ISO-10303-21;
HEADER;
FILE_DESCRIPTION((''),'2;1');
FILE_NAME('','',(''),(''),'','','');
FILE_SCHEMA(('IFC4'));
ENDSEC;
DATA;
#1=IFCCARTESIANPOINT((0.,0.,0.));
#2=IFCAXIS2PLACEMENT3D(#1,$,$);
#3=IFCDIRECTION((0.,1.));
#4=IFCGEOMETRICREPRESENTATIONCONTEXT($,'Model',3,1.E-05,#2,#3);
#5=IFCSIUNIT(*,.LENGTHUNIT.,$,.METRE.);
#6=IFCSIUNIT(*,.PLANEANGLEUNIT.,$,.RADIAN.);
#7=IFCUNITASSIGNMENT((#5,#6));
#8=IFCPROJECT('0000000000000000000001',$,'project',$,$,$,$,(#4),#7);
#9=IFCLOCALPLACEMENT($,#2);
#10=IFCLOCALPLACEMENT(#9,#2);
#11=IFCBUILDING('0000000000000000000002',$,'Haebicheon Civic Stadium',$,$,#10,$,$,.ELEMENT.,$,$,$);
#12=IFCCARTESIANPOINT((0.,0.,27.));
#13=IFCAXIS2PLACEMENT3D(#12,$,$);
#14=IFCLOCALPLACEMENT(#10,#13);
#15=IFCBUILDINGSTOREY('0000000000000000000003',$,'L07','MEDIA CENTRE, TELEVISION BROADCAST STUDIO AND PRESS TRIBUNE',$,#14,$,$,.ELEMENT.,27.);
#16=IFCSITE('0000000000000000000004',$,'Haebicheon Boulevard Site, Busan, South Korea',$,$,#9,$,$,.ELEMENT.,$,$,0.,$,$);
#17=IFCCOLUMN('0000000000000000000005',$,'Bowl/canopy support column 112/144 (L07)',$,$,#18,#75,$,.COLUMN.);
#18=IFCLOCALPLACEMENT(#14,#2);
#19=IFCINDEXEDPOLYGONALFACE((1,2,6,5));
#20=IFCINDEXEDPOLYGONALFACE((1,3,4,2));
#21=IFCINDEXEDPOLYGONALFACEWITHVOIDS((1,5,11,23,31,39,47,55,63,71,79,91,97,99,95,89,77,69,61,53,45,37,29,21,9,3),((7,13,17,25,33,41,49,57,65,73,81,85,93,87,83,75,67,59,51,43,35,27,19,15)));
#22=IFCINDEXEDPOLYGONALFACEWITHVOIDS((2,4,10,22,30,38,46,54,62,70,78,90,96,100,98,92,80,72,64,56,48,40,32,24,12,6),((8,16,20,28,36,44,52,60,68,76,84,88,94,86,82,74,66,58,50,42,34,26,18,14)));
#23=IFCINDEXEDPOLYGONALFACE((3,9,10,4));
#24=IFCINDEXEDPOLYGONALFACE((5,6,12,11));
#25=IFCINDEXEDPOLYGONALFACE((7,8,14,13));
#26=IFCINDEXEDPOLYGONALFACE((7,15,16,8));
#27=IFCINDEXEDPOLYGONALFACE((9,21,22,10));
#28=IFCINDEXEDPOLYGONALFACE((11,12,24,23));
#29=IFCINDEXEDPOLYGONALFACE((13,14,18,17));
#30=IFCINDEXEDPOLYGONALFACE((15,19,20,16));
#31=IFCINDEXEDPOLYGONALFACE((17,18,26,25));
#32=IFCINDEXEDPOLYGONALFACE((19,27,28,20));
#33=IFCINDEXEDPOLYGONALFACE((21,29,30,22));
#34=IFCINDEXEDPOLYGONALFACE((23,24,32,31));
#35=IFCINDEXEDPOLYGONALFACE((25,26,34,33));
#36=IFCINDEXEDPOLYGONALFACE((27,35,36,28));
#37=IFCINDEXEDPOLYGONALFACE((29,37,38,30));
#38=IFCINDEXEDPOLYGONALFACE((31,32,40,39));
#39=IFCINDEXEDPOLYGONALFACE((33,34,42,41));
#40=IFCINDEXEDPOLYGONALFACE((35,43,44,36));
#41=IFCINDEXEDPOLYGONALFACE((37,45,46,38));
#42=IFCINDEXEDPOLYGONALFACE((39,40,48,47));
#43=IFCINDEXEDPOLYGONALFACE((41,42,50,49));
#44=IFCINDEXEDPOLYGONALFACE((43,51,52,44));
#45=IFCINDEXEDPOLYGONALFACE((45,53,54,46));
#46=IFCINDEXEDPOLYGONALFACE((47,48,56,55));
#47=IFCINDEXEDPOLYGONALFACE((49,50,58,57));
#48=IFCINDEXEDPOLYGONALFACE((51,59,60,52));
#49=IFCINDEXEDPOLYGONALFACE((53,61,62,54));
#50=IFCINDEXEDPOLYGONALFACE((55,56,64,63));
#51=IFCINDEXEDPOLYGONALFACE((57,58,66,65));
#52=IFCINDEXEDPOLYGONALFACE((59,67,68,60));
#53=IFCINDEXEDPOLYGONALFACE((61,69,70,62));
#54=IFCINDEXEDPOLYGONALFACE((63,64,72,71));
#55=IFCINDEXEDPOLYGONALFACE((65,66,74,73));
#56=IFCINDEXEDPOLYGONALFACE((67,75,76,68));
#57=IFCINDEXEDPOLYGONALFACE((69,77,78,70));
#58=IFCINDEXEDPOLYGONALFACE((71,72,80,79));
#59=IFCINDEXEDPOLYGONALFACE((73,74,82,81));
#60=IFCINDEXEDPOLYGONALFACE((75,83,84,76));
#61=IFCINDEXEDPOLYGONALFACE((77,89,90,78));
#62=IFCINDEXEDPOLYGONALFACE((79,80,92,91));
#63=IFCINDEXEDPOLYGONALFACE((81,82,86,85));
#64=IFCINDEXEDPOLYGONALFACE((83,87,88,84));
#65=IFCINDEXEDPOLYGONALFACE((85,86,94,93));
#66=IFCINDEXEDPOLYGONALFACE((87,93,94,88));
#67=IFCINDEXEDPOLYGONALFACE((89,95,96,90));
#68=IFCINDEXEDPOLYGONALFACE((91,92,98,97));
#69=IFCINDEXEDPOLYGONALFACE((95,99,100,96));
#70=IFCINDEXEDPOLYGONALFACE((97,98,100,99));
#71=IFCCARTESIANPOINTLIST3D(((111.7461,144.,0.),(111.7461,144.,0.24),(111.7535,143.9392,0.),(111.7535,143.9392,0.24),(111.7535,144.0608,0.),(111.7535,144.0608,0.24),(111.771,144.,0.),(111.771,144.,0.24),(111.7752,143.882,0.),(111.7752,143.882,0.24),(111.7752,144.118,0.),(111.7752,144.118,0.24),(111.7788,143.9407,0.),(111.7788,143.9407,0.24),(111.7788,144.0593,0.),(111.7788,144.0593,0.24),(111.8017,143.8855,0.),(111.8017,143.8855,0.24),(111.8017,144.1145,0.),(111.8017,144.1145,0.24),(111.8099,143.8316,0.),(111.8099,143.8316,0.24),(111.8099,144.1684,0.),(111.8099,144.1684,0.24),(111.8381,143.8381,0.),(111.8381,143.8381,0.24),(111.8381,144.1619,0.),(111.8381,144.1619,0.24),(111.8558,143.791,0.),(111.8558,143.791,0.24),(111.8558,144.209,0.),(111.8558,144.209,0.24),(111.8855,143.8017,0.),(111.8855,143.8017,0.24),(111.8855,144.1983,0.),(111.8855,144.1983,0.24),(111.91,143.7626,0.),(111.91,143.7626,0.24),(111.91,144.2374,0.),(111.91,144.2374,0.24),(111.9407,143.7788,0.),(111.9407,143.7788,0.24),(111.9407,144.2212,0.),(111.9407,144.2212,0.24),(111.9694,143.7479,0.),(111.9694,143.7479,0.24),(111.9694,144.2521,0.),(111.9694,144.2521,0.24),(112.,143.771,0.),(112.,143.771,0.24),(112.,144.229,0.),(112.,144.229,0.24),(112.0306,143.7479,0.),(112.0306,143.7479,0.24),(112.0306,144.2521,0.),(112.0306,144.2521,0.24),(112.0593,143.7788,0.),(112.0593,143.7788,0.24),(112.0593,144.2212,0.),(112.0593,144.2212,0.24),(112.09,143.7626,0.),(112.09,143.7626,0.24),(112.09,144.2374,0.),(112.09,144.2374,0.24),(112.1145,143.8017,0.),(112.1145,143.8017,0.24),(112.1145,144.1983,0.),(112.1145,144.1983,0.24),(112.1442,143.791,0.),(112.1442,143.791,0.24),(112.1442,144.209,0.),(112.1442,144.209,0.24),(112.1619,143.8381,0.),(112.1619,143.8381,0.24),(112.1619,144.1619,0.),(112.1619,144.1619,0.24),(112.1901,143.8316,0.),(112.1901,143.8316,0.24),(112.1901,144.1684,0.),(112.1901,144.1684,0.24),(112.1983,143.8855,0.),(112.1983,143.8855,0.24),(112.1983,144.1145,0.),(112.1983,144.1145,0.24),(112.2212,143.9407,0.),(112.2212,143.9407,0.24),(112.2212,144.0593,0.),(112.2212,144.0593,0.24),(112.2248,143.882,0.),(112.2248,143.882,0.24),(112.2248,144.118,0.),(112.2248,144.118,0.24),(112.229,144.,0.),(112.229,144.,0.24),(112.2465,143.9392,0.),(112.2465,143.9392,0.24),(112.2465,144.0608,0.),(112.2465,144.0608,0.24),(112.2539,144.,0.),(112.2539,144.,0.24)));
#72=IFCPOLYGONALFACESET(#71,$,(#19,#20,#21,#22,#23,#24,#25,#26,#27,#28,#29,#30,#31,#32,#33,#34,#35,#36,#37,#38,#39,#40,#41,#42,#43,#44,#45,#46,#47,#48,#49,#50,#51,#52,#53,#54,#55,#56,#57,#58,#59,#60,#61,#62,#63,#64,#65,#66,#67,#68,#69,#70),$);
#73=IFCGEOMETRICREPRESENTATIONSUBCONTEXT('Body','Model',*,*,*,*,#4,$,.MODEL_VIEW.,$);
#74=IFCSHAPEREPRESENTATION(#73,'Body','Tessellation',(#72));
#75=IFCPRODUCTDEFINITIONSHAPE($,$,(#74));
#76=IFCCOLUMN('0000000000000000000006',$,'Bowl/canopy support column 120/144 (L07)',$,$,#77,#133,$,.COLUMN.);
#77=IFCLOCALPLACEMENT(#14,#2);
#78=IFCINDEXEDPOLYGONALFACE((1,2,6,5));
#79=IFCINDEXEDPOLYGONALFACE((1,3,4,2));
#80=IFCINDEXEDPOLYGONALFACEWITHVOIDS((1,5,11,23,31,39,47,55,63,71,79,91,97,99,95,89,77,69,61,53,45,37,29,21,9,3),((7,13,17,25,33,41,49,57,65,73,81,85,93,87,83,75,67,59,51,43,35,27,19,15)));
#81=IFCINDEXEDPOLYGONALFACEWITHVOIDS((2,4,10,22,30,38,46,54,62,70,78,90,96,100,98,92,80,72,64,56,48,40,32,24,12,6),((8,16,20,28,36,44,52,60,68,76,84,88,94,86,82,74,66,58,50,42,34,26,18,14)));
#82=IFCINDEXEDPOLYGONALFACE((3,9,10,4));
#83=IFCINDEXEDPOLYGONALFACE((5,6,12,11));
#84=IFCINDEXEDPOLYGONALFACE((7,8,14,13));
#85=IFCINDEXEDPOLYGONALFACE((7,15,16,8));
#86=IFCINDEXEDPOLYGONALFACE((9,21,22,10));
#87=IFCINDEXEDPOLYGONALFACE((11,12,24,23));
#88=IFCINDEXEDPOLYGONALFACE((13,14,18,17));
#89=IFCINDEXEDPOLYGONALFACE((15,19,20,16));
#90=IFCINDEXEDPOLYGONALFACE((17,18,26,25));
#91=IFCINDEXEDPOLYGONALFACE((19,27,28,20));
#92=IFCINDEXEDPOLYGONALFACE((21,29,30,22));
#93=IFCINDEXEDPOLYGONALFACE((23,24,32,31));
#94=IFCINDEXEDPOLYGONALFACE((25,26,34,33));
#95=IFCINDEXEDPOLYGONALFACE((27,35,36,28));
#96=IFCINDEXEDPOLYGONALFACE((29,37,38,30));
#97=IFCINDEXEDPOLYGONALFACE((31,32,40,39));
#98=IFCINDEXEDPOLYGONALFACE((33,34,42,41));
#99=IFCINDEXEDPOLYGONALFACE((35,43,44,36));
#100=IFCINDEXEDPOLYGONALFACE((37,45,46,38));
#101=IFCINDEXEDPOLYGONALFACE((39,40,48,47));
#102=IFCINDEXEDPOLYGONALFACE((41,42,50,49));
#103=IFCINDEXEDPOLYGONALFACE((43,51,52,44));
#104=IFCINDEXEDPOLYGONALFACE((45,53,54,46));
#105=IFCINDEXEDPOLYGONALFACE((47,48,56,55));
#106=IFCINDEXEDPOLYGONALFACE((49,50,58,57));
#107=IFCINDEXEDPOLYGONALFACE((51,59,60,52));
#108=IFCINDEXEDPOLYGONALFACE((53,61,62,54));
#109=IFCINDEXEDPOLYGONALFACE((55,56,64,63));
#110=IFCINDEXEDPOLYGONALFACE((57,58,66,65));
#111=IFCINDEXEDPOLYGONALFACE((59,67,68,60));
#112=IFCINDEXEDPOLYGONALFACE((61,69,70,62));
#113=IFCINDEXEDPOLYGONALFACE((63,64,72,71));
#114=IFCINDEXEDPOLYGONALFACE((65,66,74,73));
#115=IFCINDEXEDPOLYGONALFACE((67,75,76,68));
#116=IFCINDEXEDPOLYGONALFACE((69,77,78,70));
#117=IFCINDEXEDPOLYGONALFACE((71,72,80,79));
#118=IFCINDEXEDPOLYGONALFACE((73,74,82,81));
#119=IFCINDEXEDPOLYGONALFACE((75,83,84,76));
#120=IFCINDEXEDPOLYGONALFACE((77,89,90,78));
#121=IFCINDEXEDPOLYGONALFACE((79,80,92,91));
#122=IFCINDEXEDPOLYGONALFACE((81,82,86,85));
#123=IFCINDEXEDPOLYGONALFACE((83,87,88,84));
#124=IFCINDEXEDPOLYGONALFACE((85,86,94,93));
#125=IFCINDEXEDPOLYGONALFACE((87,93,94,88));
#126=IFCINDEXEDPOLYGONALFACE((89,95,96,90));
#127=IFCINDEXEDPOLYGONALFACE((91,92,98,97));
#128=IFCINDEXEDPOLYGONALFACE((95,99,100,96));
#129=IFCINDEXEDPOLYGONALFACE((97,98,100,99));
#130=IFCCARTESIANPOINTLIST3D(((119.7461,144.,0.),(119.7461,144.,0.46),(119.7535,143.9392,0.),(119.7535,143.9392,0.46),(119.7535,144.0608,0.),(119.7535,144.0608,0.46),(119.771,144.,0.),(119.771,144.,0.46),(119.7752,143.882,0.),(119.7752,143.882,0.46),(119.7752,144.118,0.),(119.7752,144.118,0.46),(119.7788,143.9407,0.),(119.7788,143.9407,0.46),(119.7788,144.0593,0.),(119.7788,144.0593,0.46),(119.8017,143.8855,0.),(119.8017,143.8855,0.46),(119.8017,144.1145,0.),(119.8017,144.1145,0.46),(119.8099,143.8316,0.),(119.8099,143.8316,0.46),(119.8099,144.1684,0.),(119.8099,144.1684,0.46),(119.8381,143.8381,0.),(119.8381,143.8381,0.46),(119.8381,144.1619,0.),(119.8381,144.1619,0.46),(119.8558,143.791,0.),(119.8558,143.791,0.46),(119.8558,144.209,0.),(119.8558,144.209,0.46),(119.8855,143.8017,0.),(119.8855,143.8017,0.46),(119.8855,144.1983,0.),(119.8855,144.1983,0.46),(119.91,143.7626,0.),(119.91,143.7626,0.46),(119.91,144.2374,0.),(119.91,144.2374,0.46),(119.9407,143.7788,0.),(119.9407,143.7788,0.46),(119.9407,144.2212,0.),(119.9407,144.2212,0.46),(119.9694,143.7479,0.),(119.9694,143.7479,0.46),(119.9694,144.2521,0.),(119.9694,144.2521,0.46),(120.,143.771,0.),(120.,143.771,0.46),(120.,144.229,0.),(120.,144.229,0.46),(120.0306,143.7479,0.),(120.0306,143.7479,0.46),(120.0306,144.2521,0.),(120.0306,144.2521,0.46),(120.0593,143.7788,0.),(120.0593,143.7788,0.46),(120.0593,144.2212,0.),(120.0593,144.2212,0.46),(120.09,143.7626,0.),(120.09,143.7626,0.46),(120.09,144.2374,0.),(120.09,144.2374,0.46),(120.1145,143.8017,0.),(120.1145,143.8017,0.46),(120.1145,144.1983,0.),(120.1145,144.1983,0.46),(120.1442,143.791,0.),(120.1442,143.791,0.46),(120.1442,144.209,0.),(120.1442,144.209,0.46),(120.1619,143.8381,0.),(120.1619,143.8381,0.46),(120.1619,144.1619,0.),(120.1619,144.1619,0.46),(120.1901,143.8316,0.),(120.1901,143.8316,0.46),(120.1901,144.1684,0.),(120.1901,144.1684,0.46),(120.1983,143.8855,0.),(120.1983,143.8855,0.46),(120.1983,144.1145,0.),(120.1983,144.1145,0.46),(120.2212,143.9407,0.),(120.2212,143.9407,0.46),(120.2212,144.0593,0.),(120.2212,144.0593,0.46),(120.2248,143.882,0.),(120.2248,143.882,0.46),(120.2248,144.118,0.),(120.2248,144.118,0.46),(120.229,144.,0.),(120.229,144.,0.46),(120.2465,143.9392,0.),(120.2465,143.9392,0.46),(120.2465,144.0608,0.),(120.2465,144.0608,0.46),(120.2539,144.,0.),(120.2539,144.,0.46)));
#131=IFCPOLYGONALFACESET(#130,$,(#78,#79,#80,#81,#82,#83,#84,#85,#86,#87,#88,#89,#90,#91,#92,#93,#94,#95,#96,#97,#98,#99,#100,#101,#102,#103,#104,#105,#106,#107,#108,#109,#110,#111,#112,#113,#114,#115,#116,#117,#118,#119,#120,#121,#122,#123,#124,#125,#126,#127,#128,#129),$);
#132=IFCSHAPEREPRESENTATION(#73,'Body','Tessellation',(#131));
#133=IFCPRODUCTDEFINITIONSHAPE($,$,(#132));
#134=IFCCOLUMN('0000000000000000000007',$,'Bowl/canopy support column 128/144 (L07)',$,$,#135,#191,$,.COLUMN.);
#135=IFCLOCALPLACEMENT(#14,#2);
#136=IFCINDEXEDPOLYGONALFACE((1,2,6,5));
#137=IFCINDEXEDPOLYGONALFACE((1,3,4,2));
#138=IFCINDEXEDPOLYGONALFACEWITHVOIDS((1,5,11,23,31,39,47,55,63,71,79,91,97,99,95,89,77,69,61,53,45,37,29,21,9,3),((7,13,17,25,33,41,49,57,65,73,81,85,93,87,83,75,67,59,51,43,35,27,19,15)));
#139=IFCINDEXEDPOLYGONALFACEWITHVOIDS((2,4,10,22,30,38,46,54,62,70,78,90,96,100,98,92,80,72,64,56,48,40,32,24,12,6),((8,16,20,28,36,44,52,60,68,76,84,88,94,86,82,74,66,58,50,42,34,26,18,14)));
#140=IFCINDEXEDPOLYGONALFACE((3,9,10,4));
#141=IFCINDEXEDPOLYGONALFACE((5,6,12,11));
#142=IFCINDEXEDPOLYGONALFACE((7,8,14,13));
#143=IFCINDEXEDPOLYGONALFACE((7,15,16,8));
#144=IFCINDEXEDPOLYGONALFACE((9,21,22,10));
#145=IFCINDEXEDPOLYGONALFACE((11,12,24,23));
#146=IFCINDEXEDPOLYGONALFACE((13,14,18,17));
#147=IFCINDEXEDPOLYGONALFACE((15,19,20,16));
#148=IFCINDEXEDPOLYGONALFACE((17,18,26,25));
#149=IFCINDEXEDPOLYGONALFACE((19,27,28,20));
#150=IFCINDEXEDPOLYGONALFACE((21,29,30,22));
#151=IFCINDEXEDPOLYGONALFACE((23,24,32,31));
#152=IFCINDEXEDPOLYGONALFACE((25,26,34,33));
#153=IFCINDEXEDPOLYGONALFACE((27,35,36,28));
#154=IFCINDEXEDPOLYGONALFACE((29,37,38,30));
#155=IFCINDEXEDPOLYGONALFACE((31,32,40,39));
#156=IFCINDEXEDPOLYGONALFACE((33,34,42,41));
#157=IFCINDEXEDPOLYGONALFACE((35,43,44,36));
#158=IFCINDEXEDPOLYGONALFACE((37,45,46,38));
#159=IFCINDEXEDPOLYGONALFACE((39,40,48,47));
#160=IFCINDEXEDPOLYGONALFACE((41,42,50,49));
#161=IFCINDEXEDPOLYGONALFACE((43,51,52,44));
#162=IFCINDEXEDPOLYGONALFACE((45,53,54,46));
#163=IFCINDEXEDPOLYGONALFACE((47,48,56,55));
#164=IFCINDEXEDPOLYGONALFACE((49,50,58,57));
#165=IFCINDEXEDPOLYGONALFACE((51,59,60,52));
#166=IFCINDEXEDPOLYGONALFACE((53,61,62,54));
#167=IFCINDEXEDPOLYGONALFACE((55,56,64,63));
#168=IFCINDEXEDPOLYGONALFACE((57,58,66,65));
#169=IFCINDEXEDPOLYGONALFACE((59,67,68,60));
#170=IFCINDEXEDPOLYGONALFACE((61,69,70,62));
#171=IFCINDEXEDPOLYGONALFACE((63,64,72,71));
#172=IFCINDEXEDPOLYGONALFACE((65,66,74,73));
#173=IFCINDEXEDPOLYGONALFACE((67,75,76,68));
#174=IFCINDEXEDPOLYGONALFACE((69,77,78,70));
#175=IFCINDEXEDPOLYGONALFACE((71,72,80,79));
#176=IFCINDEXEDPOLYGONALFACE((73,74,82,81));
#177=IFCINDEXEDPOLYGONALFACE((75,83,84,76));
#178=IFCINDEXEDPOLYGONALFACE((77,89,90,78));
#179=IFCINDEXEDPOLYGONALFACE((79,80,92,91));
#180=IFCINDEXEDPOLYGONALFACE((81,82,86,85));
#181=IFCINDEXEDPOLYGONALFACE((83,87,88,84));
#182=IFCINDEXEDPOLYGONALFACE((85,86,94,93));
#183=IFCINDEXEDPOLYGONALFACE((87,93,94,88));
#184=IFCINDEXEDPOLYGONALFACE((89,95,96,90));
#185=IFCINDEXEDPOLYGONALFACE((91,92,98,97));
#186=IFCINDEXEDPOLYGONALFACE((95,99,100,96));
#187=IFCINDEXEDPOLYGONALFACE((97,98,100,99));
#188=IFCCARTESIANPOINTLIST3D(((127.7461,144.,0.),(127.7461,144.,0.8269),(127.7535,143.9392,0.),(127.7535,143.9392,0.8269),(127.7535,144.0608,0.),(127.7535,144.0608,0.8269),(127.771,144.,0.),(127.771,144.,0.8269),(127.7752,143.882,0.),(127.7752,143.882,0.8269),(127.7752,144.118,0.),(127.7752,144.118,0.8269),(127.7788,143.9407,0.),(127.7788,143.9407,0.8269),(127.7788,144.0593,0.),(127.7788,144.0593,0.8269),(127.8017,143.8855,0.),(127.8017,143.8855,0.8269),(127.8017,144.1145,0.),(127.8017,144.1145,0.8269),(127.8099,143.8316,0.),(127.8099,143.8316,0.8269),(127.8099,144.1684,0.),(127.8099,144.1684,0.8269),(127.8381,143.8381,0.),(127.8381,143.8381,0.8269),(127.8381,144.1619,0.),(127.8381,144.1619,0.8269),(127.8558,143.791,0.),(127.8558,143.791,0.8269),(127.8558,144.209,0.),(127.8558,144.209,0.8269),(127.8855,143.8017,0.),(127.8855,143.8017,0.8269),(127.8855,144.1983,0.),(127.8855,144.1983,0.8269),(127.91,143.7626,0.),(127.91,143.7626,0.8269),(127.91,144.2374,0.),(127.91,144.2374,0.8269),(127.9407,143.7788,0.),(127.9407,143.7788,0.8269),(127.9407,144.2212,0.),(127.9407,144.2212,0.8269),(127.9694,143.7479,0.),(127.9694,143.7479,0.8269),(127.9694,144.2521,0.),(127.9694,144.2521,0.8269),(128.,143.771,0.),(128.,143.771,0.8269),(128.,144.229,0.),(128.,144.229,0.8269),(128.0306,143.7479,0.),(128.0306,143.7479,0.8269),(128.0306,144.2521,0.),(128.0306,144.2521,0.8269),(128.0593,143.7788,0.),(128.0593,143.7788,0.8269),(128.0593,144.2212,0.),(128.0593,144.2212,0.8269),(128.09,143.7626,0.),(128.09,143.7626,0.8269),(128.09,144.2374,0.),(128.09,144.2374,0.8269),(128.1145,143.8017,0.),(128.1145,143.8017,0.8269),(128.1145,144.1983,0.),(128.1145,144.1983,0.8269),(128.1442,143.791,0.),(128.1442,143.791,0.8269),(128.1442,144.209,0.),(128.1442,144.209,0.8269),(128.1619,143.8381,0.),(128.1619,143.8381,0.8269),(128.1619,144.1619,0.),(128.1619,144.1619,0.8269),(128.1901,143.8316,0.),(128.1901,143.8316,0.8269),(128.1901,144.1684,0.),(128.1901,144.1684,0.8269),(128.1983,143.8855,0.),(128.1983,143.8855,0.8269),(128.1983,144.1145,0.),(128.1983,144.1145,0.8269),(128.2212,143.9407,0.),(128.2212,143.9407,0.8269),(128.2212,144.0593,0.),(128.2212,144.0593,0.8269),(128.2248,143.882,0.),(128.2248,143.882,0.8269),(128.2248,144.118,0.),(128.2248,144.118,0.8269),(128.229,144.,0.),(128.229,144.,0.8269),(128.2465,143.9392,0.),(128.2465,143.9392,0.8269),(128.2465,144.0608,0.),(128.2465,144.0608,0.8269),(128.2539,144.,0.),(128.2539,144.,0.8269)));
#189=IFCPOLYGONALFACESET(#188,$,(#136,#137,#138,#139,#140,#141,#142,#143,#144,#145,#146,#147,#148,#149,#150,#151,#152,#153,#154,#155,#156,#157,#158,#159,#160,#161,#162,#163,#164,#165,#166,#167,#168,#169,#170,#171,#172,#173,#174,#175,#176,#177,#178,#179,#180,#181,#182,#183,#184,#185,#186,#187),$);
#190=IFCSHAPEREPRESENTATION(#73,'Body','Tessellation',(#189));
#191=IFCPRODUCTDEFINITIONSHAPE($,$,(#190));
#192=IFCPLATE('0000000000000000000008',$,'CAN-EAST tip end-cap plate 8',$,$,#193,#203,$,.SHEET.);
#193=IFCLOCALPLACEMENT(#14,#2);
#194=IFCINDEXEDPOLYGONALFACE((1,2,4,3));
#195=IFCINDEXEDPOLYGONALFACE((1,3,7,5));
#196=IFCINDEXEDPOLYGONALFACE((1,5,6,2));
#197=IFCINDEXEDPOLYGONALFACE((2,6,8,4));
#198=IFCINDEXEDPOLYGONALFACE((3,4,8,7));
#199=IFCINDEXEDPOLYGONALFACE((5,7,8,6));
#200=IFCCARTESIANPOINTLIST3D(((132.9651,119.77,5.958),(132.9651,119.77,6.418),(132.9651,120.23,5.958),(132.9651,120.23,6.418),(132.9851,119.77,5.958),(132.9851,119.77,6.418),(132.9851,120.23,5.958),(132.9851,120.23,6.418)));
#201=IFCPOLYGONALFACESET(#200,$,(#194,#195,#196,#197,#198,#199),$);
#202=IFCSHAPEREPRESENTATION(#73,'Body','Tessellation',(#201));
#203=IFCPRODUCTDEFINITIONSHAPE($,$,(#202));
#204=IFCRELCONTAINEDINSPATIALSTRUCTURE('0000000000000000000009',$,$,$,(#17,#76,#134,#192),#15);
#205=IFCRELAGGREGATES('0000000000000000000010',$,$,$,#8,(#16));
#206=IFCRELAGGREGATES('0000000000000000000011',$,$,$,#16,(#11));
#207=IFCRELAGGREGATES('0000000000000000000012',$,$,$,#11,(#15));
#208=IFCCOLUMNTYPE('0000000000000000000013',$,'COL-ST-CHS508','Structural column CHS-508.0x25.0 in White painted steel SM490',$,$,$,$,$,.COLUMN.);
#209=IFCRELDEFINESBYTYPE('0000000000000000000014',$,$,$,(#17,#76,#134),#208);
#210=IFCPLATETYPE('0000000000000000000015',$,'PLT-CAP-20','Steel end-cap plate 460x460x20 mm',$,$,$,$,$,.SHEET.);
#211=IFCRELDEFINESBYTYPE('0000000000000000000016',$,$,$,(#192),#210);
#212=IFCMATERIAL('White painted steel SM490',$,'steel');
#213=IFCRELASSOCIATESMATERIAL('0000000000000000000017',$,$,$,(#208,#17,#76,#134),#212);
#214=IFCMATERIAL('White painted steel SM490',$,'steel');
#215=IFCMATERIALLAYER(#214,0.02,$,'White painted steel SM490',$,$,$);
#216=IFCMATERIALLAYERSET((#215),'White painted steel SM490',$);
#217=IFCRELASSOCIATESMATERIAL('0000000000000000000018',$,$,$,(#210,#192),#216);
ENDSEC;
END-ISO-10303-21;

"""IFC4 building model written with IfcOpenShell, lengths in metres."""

from ifc_helpers import new_model, si_unit, direction, frame, origin, origin_2d, place, context, subcontext, project, spatial, rectangle, hollow_circle, extrude, material, layer, layer_set, material_profile, profile_set, type_object, element, save


model = new_model("IFC4")

# Units and contexts
model_context = context("Model", 3, precision=1e-05, world=origin(), true_north=direction((0.0, 1.0)))
body_context = subcontext(model_context, "Body", "Model", "MODEL_VIEW")
ifc_project = project(units=[si_unit("LENGTHUNIT", "METRE"), si_unit("PLANEANGLEUNIT", "RADIAN")], contexts=[model_context])

# Site, building, storey
site_placement = place(None, origin())
site = spatial("IfcSite", under=ifc_project, at=site_placement, Name="Haebicheon Boulevard Site, Busan, South Korea", CompositionType="ELEMENT", RefElevation=0.0)
building_placement = place(site_placement, origin())
building = spatial("IfcBuilding", under=site, at=building_placement, Name="Haebicheon Civic Stadium", CompositionType="ELEMENT")
storey_placement = place(building_placement, frame((0.0, 0.0, 27.0)))
storey = spatial("IfcBuildingStorey", under=building, at=storey_placement, Name="L07", Description="MEDIA CENTRE, TELEVISION BROADCAST STUDIO AND PRESS TRIBUNE", CompositionType="ELEMENT", Elevation=27.0)

# Columns
ifc_material_1 = material(Name="White painted steel SM490", Category="steel")
ifc_material_profile = material_profile(ifc_material_1, hollow_circle(Radius=0.2539, WallThickness=0.0249, at=origin_2d()), Name="CHS-508.0x25.0")
ifc_profile_set = profile_set([ifc_material_profile], Name="White painted steel SM490")
column_type = type_object("IfcColumnType", Name="COL-ST-CHS508", Description="Structural column CHS-508.0x25.0 in White painted steel SM490", PredefinedType="COLUMN", material=ifc_profile_set)
for number, where, z_axis, x_axis, name in (
    (1, (112.0, 144.0, 0.0), (0.0, 0.0, 1.0), (1.0, 0.0, 0.0), "Bowl/canopy support column 112/144 (L07)"),
):
    element("IfcColumn", number, at=place(storey_placement, frame(where, z_axis=z_axis, x_axis=x_axis)), inside=storey, type_object=column_type, material=ifc_profile_set, Name=name, PredefinedType="COLUMN", context=body_context, shape_type="SweptSolid", body=[
        extrude(hollow_circle(Radius=0.2539, WallThickness=0.0249, at=origin_2d()), origin(), (0.0, 0.0, 1.0), 0.24),
    ])
column_1_placement = place(storey_placement, frame((120.0, 144.0, 0.0), z_axis=(0.0, 0.0, 1.0), x_axis=(1.0, 0.0, 0.0)))
element("IfcColumn", 2, at=column_1_placement, inside=storey, type_object=column_type, material=ifc_profile_set, Name="Bowl/canopy support column 120/144 (L07)", PredefinedType="COLUMN", context=body_context, shape_type="SweptSolid", body=[
    extrude(hollow_circle(Radius=0.2539, WallThickness=0.0249, at=origin_2d()), origin(), (0.0, 0.0, 1.0), 0.46),
])
column_2_placement = place(storey_placement, frame((128.0, 144.0, 0.0), z_axis=(0.0, 0.0, 1.0), x_axis=(1.0, 0.0, 0.0)))
element("IfcColumn", 3, at=column_2_placement, inside=storey, type_object=column_type, material=ifc_profile_set, Name="Bowl/canopy support column 128/144 (L07)", PredefinedType="COLUMN", context=body_context, shape_type="SweptSolid", body=[
    extrude(hollow_circle(Radius=0.2539, WallThickness=0.0249, at=origin_2d()), origin(), (0.0, 0.0, 1.0), 0.8269),
])

# Plate
ifc_material_2 = material(Name="White painted steel SM490", Category="steel")
ifc_layer_1 = layer(ifc_material_2, 0.02, Name="White painted steel SM490")
ifc_layer_set_1 = layer_set([ifc_layer_1], Name="White painted steel SM490")
plate_type_1 = type_object("IfcPlateType", Name="PLT-CAP-20", Description="Steel end-cap plate 460x460x20 mm", PredefinedType="SHEET", material=ifc_layer_set_1)
plate_placement = place(storey_placement, frame((132.9751, 120.0, 5.958), z_axis=(0.0, 0.0, 1.0), x_axis=(0.0, 1.0, 0.0)))
element("IfcPlate", 4, at=plate_placement, inside=storey, type_object=plate_type_1, material=ifc_layer_set_1, Name="CAN-EAST tip end-cap plate 8", PredefinedType="SHEET", context=body_context, shape_type="SweptSolid", body=[
    extrude(rectangle(XDim=0.46, YDim=0.02, at=origin_2d()), origin(), (0.0, 0.0, 1.0), 0.46),
])

save(model, "model.ifc")
